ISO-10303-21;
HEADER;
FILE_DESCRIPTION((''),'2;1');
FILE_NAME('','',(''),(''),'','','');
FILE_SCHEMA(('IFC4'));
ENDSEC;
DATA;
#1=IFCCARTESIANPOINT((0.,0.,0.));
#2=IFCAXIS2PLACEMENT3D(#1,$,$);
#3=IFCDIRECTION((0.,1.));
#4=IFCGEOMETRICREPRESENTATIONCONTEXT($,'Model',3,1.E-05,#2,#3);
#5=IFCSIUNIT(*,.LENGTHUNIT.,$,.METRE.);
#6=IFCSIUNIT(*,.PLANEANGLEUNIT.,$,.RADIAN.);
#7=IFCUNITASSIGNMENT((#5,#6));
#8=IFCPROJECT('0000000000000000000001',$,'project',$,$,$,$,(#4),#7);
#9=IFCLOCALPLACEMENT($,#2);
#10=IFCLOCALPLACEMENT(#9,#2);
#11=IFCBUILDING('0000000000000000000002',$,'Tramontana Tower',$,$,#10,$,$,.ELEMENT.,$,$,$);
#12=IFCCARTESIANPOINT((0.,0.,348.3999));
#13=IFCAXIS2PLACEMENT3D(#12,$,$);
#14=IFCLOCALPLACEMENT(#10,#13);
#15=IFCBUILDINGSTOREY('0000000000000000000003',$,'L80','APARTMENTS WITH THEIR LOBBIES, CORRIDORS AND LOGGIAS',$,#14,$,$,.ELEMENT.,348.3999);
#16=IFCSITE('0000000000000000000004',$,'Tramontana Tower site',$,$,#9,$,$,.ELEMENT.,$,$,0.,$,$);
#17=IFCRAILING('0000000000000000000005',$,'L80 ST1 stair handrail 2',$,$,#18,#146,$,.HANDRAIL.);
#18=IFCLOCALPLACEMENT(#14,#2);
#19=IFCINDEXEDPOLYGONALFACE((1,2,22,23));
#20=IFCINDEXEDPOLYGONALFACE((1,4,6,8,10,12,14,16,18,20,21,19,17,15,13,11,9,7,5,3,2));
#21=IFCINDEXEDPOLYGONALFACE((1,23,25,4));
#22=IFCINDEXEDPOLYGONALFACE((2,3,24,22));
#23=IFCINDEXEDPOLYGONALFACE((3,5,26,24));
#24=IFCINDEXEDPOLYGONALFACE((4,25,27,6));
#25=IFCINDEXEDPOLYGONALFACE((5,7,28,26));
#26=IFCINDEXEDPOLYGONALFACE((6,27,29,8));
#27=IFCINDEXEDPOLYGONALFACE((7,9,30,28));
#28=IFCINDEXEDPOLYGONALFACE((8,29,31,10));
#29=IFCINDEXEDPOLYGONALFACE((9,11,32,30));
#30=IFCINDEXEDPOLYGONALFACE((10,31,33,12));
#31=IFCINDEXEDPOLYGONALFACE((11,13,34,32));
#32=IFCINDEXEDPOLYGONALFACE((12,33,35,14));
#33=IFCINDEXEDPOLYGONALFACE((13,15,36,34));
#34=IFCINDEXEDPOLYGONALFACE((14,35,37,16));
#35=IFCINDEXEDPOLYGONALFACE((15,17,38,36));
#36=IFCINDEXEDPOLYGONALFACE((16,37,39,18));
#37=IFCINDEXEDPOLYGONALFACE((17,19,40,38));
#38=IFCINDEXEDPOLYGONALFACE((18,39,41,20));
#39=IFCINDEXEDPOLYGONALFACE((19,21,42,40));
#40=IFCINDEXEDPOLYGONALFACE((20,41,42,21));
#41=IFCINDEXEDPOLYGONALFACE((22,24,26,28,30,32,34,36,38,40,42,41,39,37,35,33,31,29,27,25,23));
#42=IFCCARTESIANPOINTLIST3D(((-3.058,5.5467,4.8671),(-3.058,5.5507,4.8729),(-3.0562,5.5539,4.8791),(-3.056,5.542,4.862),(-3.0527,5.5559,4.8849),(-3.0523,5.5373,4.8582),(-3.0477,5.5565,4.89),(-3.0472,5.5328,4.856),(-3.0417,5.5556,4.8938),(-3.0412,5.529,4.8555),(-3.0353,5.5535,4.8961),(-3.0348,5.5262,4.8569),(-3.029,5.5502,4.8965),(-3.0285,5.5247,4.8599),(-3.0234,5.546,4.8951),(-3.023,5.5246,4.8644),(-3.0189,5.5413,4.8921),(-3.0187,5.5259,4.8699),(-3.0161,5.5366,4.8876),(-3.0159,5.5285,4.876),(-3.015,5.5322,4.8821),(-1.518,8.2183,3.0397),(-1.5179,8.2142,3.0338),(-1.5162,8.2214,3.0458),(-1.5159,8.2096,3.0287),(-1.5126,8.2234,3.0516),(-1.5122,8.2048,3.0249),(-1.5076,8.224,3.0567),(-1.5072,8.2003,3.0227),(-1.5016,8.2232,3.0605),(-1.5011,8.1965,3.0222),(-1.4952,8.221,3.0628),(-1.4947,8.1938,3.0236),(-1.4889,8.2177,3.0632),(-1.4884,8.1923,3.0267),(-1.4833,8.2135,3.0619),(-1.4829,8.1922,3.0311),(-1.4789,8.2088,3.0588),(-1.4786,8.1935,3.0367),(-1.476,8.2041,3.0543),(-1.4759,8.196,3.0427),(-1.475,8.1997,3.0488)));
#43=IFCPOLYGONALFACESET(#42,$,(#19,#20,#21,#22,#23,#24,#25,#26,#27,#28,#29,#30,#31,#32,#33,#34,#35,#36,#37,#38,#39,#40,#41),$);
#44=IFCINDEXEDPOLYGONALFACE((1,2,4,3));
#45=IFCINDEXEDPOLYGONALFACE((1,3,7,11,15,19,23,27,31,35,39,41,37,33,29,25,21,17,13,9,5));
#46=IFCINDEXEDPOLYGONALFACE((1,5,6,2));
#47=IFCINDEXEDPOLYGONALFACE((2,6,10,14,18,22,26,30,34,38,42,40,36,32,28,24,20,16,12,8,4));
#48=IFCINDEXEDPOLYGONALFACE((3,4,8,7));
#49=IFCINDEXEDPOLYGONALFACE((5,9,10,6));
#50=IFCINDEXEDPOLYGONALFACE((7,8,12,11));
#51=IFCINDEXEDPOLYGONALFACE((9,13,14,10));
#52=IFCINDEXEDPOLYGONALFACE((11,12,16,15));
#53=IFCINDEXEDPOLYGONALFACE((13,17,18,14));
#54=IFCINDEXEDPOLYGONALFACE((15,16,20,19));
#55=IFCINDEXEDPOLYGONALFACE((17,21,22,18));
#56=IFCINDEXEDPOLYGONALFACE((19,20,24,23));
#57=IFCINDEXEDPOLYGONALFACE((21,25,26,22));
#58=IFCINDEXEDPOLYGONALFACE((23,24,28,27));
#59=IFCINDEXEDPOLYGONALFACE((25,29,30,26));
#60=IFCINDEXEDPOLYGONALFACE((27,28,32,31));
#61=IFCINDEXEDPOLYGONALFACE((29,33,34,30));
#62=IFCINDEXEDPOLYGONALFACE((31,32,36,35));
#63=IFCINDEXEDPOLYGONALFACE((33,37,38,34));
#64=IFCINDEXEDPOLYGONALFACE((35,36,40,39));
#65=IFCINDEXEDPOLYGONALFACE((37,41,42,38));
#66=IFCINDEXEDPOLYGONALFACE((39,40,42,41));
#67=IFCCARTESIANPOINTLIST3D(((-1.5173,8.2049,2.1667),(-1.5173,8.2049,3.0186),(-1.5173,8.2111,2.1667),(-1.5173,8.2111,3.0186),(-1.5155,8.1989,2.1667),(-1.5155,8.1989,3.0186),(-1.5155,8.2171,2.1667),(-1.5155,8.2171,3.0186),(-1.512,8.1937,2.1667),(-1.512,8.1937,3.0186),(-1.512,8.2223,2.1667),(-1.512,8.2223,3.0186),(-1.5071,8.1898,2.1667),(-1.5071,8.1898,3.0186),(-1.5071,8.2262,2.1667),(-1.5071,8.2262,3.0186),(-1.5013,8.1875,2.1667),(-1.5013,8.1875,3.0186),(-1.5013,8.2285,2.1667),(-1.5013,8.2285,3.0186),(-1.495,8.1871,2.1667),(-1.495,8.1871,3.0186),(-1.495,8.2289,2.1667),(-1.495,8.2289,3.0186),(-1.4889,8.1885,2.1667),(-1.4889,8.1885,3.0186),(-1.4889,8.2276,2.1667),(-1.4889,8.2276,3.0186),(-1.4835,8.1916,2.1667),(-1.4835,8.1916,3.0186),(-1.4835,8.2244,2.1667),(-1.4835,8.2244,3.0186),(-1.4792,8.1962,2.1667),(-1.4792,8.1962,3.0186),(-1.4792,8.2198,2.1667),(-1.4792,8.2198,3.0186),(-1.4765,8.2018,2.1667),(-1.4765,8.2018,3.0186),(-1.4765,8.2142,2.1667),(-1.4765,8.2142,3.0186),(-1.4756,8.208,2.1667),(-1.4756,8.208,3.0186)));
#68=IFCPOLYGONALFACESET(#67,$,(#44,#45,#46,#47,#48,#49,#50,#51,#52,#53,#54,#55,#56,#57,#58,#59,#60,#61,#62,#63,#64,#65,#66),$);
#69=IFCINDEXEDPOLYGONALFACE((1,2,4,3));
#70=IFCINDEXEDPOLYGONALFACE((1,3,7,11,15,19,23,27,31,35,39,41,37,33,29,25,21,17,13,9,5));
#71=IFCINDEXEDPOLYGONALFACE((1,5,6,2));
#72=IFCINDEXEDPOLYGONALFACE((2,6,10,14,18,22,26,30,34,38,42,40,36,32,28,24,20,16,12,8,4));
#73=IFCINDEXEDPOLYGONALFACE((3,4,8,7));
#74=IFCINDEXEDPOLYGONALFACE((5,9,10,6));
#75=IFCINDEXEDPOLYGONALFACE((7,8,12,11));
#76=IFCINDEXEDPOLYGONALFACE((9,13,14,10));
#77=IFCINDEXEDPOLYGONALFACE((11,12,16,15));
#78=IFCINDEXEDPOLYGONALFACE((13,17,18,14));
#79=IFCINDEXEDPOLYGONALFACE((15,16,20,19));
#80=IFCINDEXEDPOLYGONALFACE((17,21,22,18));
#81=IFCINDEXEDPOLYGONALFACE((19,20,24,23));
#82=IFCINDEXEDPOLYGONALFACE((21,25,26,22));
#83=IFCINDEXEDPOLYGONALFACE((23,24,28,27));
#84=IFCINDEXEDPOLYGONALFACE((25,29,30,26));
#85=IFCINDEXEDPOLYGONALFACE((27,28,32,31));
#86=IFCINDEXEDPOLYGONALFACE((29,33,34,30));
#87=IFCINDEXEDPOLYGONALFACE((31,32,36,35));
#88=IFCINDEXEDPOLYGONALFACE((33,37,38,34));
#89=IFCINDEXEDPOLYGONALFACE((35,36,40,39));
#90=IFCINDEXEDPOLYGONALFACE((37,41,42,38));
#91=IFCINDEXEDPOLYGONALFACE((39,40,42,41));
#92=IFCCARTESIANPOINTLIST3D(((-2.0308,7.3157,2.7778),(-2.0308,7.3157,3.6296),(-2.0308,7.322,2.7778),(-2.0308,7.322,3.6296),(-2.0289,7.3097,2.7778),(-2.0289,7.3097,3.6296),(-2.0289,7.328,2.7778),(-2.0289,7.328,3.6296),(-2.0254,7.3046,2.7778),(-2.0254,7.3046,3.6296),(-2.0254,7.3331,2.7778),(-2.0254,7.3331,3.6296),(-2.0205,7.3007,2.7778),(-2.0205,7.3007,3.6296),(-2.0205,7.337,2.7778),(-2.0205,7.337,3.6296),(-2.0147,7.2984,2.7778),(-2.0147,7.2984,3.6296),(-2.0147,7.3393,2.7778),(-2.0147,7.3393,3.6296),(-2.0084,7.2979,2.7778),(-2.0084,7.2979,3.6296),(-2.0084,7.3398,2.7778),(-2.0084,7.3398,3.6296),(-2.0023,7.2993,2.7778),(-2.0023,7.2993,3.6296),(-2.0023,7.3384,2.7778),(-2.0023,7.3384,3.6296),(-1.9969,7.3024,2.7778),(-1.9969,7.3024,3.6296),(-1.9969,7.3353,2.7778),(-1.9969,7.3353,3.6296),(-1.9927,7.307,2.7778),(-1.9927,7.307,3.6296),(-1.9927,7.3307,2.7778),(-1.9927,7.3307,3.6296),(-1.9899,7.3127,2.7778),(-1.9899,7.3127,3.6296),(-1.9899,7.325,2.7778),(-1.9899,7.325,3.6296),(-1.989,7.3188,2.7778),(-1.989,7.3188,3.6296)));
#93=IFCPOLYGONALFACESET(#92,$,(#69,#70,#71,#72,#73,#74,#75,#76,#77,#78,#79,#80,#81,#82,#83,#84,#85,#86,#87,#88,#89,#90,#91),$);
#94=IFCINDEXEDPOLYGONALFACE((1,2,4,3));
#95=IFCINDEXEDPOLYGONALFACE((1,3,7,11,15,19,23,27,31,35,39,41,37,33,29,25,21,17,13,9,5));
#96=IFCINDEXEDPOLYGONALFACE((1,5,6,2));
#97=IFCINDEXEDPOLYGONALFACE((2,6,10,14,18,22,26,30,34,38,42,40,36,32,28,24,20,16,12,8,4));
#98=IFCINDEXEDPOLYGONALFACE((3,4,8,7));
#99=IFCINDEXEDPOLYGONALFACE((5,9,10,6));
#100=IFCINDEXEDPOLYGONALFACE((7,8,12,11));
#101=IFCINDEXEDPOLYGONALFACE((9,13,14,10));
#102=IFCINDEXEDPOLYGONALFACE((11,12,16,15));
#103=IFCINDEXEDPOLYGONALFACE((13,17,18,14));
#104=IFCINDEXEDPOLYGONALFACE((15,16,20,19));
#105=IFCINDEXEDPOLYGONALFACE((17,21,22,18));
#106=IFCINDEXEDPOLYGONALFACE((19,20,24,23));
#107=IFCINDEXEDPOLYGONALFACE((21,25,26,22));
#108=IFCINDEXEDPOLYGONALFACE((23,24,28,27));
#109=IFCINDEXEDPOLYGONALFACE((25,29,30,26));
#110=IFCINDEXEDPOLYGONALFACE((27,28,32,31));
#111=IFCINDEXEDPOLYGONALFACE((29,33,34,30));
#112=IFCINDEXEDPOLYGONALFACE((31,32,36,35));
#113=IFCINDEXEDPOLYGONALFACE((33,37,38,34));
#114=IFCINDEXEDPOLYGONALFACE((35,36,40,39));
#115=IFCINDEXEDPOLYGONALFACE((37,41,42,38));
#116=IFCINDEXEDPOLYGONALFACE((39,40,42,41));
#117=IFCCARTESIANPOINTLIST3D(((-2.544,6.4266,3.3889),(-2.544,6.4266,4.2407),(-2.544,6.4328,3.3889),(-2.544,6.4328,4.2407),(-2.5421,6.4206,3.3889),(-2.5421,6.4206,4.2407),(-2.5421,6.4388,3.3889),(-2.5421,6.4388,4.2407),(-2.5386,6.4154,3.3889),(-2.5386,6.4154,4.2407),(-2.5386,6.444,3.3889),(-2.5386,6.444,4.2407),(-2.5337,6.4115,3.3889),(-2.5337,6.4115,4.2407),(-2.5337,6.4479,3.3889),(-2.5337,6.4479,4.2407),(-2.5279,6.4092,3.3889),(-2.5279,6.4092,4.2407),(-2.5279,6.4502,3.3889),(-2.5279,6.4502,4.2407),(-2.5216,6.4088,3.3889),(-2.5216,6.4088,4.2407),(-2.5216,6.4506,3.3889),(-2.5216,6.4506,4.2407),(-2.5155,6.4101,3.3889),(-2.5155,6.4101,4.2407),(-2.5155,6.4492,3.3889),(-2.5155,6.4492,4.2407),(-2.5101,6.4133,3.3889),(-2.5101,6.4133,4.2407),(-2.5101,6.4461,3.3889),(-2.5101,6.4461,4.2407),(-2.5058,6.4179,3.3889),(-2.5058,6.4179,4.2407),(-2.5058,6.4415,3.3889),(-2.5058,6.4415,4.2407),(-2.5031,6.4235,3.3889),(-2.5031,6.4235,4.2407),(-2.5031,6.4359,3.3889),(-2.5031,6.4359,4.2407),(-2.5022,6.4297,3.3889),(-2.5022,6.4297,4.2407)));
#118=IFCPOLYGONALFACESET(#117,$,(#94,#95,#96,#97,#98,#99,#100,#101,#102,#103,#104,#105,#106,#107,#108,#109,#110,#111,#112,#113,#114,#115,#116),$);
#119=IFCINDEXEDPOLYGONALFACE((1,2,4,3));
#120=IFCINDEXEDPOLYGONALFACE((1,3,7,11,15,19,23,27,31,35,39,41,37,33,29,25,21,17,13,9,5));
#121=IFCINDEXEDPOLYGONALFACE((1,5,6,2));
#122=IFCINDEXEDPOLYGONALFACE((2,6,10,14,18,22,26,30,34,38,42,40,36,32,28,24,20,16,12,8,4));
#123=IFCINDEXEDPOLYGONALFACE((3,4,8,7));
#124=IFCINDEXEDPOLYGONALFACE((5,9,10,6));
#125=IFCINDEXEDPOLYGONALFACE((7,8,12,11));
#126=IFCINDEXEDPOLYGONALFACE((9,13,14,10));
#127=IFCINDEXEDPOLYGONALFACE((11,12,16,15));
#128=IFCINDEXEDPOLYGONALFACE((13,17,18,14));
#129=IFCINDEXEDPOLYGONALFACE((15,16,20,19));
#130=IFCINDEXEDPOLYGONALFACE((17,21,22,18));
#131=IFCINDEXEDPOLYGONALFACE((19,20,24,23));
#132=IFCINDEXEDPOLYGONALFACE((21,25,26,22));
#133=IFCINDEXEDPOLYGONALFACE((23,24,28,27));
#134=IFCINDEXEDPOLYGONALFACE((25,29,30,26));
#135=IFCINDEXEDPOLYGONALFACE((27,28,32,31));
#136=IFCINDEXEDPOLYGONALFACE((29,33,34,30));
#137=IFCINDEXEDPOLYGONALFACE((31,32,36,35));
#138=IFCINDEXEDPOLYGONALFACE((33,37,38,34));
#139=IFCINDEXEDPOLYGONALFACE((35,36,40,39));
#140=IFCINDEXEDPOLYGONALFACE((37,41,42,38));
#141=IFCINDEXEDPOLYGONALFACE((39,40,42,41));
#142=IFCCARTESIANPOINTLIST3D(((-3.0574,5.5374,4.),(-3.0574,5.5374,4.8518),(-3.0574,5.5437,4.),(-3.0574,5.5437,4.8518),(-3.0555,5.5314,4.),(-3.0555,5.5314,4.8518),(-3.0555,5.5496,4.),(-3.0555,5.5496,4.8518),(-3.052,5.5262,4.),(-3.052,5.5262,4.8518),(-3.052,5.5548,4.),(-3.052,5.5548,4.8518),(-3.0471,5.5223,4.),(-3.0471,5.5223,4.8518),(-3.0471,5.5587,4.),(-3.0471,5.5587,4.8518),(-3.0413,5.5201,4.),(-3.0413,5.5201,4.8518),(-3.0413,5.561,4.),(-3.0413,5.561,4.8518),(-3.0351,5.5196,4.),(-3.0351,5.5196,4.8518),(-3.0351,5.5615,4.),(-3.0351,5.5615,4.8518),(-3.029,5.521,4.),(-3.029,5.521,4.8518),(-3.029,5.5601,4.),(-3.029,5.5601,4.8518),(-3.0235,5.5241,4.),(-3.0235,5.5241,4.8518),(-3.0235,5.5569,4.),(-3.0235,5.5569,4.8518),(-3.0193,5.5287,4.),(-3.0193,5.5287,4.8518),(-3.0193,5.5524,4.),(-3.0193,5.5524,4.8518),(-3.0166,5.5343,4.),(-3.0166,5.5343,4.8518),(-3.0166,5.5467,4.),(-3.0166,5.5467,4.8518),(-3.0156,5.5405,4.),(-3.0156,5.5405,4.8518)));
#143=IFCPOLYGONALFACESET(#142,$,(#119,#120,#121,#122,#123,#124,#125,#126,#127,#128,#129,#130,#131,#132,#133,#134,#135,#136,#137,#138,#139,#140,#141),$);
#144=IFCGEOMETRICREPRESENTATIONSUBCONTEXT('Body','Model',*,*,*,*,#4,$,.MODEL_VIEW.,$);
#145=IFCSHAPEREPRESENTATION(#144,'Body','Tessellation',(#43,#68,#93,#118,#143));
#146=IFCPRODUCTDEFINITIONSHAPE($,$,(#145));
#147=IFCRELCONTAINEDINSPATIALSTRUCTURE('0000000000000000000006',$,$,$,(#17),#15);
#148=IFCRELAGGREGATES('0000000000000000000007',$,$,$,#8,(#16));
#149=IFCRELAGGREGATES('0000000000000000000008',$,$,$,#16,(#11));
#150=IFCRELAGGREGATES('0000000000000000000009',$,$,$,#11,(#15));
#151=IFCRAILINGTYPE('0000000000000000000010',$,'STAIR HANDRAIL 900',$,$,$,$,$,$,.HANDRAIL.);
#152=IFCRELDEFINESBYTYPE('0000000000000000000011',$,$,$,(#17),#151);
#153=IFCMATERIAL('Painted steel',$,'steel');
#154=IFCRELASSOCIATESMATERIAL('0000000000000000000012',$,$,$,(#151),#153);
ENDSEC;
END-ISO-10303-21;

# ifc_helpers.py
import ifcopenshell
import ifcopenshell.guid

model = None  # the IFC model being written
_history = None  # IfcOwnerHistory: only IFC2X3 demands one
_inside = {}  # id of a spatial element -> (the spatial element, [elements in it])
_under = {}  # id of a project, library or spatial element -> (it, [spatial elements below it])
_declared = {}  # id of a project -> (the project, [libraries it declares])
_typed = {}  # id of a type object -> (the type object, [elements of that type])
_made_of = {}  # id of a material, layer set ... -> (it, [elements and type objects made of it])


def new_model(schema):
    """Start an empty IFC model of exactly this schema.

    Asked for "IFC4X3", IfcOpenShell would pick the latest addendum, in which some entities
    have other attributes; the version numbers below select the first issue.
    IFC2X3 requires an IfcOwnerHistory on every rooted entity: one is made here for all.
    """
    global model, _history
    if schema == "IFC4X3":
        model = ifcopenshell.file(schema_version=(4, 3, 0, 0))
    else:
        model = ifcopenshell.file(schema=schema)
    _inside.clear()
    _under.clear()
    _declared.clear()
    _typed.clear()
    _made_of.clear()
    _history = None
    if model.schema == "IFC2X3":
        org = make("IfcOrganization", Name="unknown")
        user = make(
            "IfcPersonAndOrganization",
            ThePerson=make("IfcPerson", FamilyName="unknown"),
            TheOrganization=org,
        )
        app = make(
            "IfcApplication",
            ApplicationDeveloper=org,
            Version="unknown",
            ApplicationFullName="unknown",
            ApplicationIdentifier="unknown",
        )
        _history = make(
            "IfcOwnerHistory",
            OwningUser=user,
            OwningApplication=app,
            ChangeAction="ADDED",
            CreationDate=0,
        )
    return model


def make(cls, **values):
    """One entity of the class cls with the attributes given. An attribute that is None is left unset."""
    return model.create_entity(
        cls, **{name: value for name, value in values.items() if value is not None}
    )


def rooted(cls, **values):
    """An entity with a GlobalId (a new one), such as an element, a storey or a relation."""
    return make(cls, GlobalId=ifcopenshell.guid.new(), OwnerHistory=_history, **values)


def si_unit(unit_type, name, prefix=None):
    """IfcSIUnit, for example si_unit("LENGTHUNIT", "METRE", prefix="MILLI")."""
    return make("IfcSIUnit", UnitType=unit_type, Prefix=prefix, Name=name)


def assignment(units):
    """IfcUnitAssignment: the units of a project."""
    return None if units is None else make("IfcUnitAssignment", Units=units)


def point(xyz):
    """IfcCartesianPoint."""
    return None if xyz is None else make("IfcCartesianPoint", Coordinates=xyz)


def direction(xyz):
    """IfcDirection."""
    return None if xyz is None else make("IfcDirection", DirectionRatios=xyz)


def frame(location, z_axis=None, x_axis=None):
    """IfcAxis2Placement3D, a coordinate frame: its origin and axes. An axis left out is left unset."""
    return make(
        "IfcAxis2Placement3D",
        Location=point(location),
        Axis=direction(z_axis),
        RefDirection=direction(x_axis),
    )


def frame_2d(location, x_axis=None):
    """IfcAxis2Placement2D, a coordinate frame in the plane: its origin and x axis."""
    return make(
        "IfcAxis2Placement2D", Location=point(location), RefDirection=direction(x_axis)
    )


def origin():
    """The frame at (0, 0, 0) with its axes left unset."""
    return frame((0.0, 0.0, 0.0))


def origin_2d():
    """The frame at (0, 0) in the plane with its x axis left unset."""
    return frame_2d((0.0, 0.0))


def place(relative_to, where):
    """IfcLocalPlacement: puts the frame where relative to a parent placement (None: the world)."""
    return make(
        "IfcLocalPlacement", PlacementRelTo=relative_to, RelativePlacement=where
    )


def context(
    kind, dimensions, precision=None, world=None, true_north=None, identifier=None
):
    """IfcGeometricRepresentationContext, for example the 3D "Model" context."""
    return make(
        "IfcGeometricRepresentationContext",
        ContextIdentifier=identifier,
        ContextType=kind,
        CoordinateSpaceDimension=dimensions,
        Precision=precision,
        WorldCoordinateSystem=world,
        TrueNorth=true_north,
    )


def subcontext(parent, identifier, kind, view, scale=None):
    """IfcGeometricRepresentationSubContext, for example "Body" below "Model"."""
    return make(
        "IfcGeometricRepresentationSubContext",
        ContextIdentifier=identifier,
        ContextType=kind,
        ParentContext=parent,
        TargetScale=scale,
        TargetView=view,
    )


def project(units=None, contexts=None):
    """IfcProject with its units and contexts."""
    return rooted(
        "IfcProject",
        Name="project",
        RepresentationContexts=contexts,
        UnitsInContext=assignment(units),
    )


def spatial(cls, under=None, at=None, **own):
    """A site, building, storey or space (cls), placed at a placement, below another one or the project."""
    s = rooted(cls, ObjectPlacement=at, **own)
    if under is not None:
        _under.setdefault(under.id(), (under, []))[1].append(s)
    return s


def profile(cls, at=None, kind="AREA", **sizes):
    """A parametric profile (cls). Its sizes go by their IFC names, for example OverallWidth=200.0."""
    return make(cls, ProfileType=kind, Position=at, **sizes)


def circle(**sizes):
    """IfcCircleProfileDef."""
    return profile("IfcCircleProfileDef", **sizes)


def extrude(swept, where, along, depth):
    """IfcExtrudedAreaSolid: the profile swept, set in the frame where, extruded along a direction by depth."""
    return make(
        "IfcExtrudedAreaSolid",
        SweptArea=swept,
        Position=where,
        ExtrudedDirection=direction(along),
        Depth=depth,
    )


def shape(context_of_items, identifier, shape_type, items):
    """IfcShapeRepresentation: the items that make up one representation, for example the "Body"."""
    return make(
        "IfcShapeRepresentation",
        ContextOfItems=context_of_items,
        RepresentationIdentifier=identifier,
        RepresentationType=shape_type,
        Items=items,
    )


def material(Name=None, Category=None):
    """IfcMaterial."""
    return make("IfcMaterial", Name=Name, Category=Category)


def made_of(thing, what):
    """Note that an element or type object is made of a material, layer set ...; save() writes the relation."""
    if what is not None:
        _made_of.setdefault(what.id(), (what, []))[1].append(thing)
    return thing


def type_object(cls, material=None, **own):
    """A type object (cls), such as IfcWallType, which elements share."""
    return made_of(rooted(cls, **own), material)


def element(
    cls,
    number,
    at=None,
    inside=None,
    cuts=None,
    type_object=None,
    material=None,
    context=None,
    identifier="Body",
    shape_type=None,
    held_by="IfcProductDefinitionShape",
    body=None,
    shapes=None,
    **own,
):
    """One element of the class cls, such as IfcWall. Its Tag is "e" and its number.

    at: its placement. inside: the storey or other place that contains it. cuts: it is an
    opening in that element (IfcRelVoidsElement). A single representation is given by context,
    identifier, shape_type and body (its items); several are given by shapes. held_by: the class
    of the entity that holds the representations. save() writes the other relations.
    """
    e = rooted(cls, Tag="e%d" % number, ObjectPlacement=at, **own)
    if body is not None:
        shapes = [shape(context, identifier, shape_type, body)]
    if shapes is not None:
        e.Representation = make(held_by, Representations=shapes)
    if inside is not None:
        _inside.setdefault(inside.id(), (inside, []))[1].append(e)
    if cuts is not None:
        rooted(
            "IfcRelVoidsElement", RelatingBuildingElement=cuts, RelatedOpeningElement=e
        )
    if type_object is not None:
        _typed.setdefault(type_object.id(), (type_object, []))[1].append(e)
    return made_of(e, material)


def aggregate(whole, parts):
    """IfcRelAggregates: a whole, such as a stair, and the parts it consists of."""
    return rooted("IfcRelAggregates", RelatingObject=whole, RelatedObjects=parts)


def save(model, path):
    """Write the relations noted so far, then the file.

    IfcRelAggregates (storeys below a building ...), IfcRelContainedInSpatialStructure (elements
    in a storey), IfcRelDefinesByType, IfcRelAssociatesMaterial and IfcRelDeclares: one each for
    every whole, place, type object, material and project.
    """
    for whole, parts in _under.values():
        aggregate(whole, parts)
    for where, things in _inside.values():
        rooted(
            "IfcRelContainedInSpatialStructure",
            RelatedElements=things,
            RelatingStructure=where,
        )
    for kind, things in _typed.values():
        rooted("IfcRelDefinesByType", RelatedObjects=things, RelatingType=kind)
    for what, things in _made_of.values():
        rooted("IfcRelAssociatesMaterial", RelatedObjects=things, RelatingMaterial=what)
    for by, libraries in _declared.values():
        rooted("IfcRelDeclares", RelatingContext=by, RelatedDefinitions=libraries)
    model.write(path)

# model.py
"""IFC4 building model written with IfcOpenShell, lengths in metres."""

from ifc_helpers import new_model, si_unit, direction, frame, origin, origin_2d, place, context, subcontext, project, spatial, circle, extrude, material, type_object, element, save


model = new_model("IFC4")

# Units and contexts
model_context = context("Model", 3, precision=1e-05, world=origin(), true_north=direction((0.0, 1.0)))
body_context = subcontext(model_context, "Body", "Model", "MODEL_VIEW")
ifc_project = project(units=[si_unit("LENGTHUNIT", "METRE"), si_unit("PLANEANGLEUNIT", "RADIAN")], contexts=[model_context])

# Site, building, storey
site_placement = place(None, origin())
site = spatial("IfcSite", under=ifc_project, at=site_placement, Name="Tramontana Tower site", CompositionType="ELEMENT", RefElevation=0.0)
building_placement = place(site_placement, origin())
building = spatial("IfcBuilding", under=site, at=building_placement, Name="Tramontana Tower", CompositionType="ELEMENT")
storey_placement = place(building_placement, frame((0.0, 0.0, 348.3999)))
storey = spatial("IfcBuildingStorey", under=building, at=storey_placement, Name="L80", Description="APARTMENTS WITH THEIR LOBBIES, CORRIDORS AND LOGGIAS", CompositionType="ELEMENT", Elevation=348.3999)

# Railing
ifc_material_1 = material(Name="Painted steel", Category="steel")
railing_type = type_object("IfcRailingType", Name="STAIR HANDRAIL 900", PredefinedType="HANDRAIL", material=ifc_material_1)
railing_placement = place(storey_placement, frame((-1.4966, 8.208, 2.1667)))
element("IfcRailing", 1, at=railing_placement, inside=storey, type_object=railing_type, Name="L80 ST1 stair handrail 2", PredefinedType="HANDRAIL", context=body_context, shape_type="SweptSolid", body=[
    extrude(circle(Radius=0.0239, at=origin_2d()), frame((0.0, 0.0, 0.876), z_axis=(-0.429649, -0.74419, 0.511452), x_axis=(0.86603, -0.499992, 0.0)), (0.0, 0.0, 1.0), 3.5845),
    extrude(circle(Radius=0.021, at=origin_2d()), origin(), (0.0, 0.0, 1.0), 0.8518),
    extrude(circle(Radius=0.021, at=origin_2d()), frame((-0.5134, -0.8892, 0.6111)), (0.0, 0.0, 1.0), 0.8518),
    extrude(circle(Radius=0.021, at=origin_2d()), frame((-1.0266, -1.7783, 1.2222)), (0.0, 0.0, 1.0), 0.8518),
    extrude(circle(Radius=0.021, at=origin_2d()), frame((-1.54, -2.6675, 1.8333)), (0.0, 0.0, 1.0), 0.8518),
])

save(model, "model.ifc")
